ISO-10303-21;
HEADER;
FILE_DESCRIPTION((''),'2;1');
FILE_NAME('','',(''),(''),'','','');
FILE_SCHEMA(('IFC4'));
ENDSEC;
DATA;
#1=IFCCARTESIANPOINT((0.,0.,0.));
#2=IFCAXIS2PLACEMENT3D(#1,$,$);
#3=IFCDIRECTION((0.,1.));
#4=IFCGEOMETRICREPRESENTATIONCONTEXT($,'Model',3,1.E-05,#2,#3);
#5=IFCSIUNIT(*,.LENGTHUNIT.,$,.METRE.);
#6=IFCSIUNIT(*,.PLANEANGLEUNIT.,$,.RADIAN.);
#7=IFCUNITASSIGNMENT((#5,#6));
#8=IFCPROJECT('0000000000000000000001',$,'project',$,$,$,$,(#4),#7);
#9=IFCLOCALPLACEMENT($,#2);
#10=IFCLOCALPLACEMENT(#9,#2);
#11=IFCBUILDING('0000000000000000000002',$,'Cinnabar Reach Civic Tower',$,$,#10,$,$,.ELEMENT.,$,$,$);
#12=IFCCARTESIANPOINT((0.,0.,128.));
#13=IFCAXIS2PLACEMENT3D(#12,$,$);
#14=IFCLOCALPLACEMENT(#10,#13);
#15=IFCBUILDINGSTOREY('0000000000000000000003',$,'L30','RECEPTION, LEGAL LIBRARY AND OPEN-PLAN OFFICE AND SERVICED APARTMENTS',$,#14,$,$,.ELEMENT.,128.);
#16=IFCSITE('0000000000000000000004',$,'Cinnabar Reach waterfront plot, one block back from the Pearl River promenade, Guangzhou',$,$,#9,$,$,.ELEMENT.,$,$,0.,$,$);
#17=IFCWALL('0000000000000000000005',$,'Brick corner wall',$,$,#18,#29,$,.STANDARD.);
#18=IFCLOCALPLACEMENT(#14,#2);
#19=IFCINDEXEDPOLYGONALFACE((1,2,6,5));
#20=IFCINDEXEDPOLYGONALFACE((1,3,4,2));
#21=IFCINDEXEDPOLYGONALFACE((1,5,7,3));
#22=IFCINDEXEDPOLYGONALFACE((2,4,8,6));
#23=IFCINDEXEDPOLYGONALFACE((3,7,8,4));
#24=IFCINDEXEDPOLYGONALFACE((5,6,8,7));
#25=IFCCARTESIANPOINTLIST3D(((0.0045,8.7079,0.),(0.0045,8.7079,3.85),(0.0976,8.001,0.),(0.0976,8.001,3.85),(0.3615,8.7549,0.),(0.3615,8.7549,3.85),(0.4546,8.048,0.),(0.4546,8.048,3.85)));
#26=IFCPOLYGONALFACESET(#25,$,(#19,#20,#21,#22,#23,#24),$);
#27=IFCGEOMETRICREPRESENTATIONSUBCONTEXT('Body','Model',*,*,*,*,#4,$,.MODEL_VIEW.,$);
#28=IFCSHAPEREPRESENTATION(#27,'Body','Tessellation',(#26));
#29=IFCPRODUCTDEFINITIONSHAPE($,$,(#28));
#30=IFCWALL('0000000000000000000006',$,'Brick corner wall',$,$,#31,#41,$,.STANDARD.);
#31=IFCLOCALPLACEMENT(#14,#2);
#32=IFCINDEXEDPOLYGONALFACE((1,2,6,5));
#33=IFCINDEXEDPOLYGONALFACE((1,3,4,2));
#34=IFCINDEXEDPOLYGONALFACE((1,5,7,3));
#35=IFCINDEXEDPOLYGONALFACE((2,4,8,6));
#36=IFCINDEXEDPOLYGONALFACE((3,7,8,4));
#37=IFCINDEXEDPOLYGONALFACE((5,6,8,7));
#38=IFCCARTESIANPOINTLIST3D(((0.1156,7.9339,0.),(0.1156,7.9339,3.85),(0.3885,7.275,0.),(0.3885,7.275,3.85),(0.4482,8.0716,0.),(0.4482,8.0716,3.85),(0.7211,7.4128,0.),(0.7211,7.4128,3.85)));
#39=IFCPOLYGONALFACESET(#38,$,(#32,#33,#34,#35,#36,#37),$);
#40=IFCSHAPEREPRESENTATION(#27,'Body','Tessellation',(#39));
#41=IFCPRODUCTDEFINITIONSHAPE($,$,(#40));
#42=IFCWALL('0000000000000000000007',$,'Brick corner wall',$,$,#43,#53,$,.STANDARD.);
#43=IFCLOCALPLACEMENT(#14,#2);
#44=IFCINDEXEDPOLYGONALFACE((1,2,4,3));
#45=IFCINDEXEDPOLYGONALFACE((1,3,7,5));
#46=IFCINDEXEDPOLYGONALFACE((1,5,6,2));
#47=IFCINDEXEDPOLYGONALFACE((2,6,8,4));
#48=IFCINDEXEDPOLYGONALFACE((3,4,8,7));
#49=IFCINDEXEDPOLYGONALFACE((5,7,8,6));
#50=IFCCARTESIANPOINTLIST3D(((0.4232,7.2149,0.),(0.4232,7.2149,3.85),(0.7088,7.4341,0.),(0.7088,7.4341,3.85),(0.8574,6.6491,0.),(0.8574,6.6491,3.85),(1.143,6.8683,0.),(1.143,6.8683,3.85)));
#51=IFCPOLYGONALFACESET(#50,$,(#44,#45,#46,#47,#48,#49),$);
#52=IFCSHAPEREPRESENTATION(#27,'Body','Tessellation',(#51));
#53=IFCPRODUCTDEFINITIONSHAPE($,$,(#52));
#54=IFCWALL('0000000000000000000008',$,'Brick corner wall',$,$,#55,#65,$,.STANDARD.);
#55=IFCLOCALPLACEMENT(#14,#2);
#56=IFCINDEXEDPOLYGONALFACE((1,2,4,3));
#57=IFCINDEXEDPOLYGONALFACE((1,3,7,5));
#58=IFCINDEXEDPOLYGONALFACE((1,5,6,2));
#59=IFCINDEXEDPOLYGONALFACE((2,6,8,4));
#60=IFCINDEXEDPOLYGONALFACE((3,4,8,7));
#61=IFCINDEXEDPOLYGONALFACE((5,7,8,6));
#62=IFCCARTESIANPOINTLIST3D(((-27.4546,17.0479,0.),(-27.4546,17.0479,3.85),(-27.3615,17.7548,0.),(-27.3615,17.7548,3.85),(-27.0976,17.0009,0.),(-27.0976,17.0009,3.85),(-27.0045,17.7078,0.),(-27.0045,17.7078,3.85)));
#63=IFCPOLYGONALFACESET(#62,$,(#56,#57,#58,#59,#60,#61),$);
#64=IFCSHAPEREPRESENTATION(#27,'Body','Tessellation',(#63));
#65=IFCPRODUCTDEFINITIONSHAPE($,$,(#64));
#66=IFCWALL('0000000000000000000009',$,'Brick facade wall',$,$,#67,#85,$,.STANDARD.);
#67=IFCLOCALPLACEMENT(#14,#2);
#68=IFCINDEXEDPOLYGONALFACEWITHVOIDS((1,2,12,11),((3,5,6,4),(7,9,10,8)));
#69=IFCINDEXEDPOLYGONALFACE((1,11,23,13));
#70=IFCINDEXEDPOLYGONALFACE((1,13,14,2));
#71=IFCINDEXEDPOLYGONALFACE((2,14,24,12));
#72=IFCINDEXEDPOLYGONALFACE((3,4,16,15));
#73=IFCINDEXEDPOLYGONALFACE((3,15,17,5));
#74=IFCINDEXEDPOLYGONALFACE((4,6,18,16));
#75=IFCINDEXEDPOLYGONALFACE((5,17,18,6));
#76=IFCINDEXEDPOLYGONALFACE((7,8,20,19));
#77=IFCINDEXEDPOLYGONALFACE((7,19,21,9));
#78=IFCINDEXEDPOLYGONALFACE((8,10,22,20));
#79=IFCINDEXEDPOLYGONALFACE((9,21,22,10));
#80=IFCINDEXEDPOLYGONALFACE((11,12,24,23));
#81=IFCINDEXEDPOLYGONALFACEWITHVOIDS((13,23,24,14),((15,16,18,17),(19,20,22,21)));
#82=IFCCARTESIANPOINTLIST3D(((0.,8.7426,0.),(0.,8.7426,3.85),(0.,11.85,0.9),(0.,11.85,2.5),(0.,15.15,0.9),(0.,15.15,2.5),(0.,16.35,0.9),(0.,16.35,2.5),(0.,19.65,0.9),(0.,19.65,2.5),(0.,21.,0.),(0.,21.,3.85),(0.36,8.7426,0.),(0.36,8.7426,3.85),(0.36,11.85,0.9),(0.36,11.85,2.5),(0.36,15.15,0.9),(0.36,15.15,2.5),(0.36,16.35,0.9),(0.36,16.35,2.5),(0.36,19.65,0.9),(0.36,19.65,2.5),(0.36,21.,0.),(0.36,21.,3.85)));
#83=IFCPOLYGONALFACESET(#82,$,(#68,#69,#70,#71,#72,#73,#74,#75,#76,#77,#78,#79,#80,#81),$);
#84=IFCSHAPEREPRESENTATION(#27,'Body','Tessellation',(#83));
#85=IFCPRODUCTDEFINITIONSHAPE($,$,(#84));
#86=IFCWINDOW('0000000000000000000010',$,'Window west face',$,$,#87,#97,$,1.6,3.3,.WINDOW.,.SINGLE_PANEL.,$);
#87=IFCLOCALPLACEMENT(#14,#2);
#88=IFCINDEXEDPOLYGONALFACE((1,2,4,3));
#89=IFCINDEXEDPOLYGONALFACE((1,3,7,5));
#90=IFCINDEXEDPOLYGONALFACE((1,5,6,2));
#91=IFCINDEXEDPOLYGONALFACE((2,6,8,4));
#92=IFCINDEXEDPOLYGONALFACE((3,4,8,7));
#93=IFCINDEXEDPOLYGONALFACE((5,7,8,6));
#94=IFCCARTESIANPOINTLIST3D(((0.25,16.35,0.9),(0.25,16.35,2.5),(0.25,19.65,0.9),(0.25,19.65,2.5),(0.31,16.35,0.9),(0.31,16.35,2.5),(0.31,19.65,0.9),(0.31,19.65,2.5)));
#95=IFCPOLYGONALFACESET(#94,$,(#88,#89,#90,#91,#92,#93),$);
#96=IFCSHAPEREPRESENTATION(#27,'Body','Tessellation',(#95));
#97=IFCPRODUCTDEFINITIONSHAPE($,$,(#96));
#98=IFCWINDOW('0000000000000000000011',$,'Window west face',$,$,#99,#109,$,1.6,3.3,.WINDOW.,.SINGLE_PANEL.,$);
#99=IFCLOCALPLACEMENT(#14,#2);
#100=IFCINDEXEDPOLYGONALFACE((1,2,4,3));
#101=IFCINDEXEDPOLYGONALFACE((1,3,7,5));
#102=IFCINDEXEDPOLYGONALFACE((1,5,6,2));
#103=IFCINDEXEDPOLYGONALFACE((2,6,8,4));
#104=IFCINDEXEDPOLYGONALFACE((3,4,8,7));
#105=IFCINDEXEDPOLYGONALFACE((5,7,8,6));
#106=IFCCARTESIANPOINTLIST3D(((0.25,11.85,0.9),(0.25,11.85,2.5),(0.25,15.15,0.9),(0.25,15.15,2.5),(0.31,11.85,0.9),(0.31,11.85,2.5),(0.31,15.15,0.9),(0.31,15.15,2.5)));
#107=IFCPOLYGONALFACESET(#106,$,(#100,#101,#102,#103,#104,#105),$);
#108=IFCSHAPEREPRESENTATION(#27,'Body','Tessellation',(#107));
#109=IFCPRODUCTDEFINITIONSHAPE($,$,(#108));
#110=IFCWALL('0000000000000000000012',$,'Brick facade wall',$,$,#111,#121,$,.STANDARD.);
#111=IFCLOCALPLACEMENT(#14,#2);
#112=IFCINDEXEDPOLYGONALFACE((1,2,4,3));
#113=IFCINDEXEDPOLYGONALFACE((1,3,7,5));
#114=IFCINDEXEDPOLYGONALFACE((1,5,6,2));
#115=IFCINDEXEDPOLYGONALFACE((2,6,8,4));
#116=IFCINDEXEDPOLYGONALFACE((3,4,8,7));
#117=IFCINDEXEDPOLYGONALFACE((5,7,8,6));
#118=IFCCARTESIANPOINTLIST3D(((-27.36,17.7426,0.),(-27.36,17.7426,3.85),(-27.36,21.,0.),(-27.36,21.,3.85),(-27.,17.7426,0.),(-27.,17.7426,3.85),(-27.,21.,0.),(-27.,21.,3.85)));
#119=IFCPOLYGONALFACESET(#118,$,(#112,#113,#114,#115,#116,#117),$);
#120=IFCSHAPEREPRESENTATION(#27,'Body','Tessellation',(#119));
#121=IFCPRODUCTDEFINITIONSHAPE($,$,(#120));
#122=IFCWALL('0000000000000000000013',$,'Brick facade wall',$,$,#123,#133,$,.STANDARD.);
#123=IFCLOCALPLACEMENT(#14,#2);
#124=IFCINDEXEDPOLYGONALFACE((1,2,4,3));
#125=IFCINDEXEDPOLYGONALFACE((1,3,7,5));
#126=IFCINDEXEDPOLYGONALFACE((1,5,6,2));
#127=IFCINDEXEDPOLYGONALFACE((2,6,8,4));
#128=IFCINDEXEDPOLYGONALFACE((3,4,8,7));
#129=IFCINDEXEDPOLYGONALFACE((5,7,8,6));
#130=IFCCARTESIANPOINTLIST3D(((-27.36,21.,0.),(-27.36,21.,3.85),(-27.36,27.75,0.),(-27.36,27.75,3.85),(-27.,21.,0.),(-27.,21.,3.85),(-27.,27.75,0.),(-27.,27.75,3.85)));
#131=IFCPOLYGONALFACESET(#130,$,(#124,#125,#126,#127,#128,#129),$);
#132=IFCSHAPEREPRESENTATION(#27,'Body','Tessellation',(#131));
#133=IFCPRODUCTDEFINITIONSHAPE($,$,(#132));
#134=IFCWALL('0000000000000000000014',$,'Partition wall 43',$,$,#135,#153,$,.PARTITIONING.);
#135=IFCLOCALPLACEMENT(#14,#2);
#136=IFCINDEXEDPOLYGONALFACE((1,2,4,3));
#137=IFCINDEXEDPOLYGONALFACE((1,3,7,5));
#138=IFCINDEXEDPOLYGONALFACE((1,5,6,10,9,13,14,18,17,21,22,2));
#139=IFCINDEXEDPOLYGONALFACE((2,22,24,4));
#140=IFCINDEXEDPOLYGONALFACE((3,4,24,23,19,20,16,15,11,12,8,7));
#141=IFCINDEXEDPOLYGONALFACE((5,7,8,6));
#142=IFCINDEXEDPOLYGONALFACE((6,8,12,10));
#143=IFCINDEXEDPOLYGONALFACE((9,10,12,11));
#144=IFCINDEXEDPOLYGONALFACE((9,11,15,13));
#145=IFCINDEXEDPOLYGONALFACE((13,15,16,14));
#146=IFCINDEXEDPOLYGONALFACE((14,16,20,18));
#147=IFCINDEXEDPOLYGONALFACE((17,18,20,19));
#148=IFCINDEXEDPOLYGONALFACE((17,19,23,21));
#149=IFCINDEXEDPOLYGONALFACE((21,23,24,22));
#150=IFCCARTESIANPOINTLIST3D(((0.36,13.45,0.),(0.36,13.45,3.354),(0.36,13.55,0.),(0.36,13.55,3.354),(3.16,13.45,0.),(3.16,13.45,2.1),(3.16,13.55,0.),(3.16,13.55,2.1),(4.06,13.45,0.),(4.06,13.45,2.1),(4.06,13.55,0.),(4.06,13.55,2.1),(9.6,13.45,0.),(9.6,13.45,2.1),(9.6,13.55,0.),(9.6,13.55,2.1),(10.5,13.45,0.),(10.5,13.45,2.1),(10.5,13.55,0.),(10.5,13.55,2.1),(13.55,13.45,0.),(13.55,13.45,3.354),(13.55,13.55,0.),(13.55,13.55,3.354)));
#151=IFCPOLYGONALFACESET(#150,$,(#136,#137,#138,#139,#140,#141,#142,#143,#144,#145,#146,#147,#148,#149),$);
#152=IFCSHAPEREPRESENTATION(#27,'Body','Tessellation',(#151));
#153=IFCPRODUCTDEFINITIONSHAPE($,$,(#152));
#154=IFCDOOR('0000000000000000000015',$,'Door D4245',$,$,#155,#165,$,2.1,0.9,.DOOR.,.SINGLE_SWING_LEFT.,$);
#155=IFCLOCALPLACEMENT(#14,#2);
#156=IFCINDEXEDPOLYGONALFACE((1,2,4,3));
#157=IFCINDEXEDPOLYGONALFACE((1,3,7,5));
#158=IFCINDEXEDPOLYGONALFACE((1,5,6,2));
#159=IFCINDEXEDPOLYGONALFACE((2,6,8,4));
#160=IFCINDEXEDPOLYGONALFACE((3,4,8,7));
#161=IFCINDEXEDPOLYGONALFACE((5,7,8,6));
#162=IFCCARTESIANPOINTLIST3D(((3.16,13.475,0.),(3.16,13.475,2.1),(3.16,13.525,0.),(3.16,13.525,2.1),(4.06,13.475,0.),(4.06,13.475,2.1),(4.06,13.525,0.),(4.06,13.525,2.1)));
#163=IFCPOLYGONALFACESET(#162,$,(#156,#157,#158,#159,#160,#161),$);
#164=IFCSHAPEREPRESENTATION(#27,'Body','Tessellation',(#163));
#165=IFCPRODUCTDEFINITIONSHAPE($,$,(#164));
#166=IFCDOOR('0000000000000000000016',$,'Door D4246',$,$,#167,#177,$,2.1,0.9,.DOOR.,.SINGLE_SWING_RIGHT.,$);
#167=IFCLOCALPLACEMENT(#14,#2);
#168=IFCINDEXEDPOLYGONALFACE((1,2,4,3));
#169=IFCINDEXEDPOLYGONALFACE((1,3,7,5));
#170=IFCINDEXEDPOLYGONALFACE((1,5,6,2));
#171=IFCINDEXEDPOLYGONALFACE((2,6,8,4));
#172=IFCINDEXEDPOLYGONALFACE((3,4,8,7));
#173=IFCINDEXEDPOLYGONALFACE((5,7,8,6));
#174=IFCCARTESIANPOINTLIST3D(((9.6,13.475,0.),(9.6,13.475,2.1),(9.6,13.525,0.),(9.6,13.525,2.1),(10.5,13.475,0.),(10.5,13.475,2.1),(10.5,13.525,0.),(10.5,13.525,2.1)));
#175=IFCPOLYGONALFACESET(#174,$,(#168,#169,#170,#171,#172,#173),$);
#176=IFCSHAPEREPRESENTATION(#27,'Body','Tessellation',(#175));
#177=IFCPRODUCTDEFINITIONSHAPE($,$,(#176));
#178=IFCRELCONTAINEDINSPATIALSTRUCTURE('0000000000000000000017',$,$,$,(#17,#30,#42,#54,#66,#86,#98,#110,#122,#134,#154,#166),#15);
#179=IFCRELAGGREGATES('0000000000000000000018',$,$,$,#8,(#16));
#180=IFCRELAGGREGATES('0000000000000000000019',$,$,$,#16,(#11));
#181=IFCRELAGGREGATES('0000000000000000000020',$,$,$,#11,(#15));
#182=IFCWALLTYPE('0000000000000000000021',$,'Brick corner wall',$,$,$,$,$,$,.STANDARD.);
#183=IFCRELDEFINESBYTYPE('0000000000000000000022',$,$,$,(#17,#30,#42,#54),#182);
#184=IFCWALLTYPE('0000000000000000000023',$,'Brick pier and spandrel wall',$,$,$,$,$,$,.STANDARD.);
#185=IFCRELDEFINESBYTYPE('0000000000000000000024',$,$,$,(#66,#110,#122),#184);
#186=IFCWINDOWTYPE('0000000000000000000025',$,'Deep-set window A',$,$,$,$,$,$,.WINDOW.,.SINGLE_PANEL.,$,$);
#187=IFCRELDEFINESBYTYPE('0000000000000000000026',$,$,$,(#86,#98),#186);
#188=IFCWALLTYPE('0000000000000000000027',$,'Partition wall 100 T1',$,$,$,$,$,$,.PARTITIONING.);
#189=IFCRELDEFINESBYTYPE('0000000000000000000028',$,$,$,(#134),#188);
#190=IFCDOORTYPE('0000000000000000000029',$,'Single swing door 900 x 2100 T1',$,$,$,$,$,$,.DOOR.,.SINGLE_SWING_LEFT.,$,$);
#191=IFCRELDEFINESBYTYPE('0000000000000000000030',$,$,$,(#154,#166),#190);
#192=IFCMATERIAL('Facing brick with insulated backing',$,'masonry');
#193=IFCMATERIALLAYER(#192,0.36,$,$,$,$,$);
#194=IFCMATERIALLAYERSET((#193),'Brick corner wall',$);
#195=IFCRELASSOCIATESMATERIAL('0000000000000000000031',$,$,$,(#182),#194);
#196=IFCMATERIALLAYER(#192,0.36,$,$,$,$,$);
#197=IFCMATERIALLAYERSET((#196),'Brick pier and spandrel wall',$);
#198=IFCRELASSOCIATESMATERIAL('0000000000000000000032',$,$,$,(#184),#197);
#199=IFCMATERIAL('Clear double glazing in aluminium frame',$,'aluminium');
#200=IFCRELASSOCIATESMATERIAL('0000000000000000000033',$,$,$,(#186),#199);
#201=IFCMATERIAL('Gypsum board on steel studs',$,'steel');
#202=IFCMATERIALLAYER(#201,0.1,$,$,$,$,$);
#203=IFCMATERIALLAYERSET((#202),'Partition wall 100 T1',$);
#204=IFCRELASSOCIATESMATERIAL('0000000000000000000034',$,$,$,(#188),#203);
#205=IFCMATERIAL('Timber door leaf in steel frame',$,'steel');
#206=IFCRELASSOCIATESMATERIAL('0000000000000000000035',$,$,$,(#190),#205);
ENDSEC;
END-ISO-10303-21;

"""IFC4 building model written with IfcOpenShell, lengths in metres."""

from ifc_helpers import new_model, si_unit, direction, frame, frame_2d, origin, place, context, subcontext, project, spatial, rectangle, extrude, material, layer, layer_set, type_object, element, fill, save


model = new_model("IFC4")

# Units and contexts
model_context = context("Model", 3, precision=1e-05, world=origin(), true_north=direction((0.0, 1.0)))
body_context = subcontext(model_context, "Body", "Model", "MODEL_VIEW")
ifc_project = project(units=[si_unit("LENGTHUNIT", "METRE"), si_unit("PLANEANGLEUNIT", "RADIAN")], contexts=[model_context])

# Site, building, storey
site_placement = place(None, origin())
site = spatial("IfcSite", under=ifc_project, at=site_placement, Name="Cinnabar Reach waterfront plot, one block back from the Pearl River promenade, Guangzhou", CompositionType="ELEMENT", RefElevation=0.0)
building_placement = place(site_placement, origin())
building = spatial("IfcBuilding", under=site, at=building_placement, Name="Cinnabar Reach Civic Tower", CompositionType="ELEMENT")
storey_placement = place(building_placement, frame((0.0, 0.0, 128.0)))
storey = spatial("IfcBuildingStorey", under=building, at=storey_placement, Name="L30", Description="RECEPTION, LEGAL LIBRARY AND OPEN-PLAN OFFICE AND SERVICED APARTMENTS", CompositionType="ELEMENT", Elevation=128.0)

# Walls
ifc_material_1 = material(Name="Facing brick with insulated backing", Category="masonry")
ifc_layer_1 = layer(ifc_material_1, 0.36)
ifc_layer_set_1 = layer_set([ifc_layer_1], Name="Brick corner wall")
wall_type_1 = type_object("IfcWallType", Name="Brick corner wall", PredefinedType="STANDARD", material=ifc_layer_set_1)
for number, where, z_axis, x_axis, name in (
    (1, (0.183, 8.7314, 0.0), (0.0, 0.0, 1.0), (0.130556, -0.991441, 0.0), "Brick corner wall"),
    (2, (0.2819, 8.0027, 0.0), (0.0, 0.0, 1.0), (0.382703, -0.923872, 0.0), "Brick corner wall"),
):
    element("IfcWall", number, at=place(storey_placement, frame(where, z_axis=z_axis, x_axis=x_axis)), inside=storey, type_object=wall_type_1, Name=name, PredefinedType="STANDARD", context=body_context, shape_type="SweptSolid", body=[
        extrude(rectangle(XDim=0.7131, YDim=0.36, at=frame_2d((0.3565, 0.0))), origin(), (0.0, 0.0, 1.0), 3.85),
    ])
wall_1_placement = place(storey_placement, frame((0.566, 7.3245, 0.0), z_axis=(0.0, 0.0, 1.0), x_axis=(0.608802, -0.793322, 0.0)))
element("IfcWall", 3, at=wall_1_placement, inside=storey, type_object=wall_type_1, Name="Brick corner wall", PredefinedType="STANDARD", context=body_context, shape_type="SweptSolid", body=[
    extrude(rectangle(XDim=0.7132, YDim=0.36, at=frame_2d((0.3566, 0.0))), origin(), (0.0, 0.0, 1.0), 3.85),
])
wall_2_placement = place(storey_placement, frame((-27.2761, 17.0244, 0.0), z_axis=(0.0, 0.0, 1.0), x_axis=(0.130556, 0.991441, 0.0)))
element("IfcWall", 4, at=wall_2_placement, inside=storey, type_object=wall_type_1, Name="Brick corner wall", PredefinedType="STANDARD", context=body_context, shape_type="SweptSolid", body=[
    extrude(rectangle(XDim=0.7131, YDim=0.36, at=frame_2d((0.3565, 0.0))), origin(), (0.0, 0.0, 1.0), 3.85),
])

# Wall, openings, windows
ifc_layer_2 = layer(ifc_material_1, 0.36)
ifc_layer_set_2 = layer_set([ifc_layer_2], Name="Brick pier and spandrel wall")
wall_type_2 = type_object("IfcWallType", Name="Brick pier and spandrel wall", PredefinedType="STANDARD", material=ifc_layer_set_2)
wall_3_placement = place(storey_placement, frame((0.18, 21.0, 0.0), z_axis=(0.0, 0.0, 1.0), x_axis=(0.0, -1.0, 0.0)))
wall_3 = element("IfcWall", 5, at=wall_3_placement, inside=storey, type_object=wall_type_2, Name="Brick facade wall", PredefinedType="STANDARD", context=body_context, shape_type="SweptSolid", body=[
    extrude(rectangle(XDim=12.2574, YDim=0.36, at=frame_2d((6.1287, 0.0))), origin(), (0.0, 0.0, 1.0), 3.85),
])
opening_1_placement = place(wall_3_placement, frame((1.35, 0.0, 0.9)))
opening_1 = element("IfcOpeningElement", 6, at=opening_1_placement, cuts=wall_3, PredefinedType="OPENING", context=body_context, shape_type="SweptSolid", body=[
    extrude(rectangle(XDim=3.3, YDim=1.6, at=frame_2d((1.65, 0.8))), frame((0.0, 0.19, 0.0), z_axis=(0.0, -1.0, 0.0), x_axis=(1.0, 0.0, 0.0)), (0.0, 0.0, 1.0), 0.38),
])
opening_2_placement = place(wall_3_placement, frame((5.85, 0.0, 0.9)))
opening_2 = element("IfcOpeningElement", 7, at=opening_2_placement, cuts=wall_3, PredefinedType="OPENING", context=body_context, shape_type="SweptSolid", body=[
    extrude(rectangle(XDim=3.3, YDim=1.6, at=frame_2d((1.65, 0.8))), frame((0.0, 0.19, 0.0), z_axis=(0.0, -1.0, 0.0), x_axis=(1.0, 0.0, 0.0)), (0.0, 0.0, 1.0), 0.38),
])
ifc_material_2 = material(Name="Clear double glazing in aluminium frame", Category="aluminium")
window_type = type_object("IfcWindowType", Name="Deep-set window A", PartitioningType="SINGLE_PANEL", PredefinedType="WINDOW", material=ifc_material_2)
window_1_placement = place(opening_1_placement, origin())
window_1 = element("IfcWindow", 8, at=window_1_placement, inside=storey, type_object=window_type, Name="Window west face", OverallHeight=1.6, OverallWidth=3.3, PartitioningType="SINGLE_PANEL", PredefinedType="WINDOW", context=body_context, shape_type="SweptSolid", body=[
    extrude(rectangle(XDim=3.3, YDim=1.6, at=frame_2d((1.65, 0.8))), frame((0.0, 0.13, 0.0), z_axis=(0.0, -1.0, 0.0), x_axis=(1.0, 0.0, 0.0)), (0.0, 0.0, 1.0), 0.06),
])
fill(opening_1, window_1)
window_2_placement = place(opening_2_placement, origin())
window_2 = element("IfcWindow", 9, at=window_2_placement, inside=storey, type_object=window_type, Name="Window west face", OverallHeight=1.6, OverallWidth=3.3, PartitioningType="SINGLE_PANEL", PredefinedType="WINDOW", context=body_context, shape_type="SweptSolid", body=[
    extrude(rectangle(XDim=3.3, YDim=1.6, at=frame_2d((1.65, 0.8))), frame((0.0, 0.13, 0.0), z_axis=(0.0, -1.0, 0.0), x_axis=(1.0, 0.0, 0.0)), (0.0, 0.0, 1.0), 0.06),
])
fill(opening_2, window_2)

# Walls
wall_4_placement = place(storey_placement, frame((-27.18, 17.7426, 0.0), z_axis=(0.0, 0.0, 1.0), x_axis=(0.0, 1.0, 0.0)))
element("IfcWall", 10, at=wall_4_placement, inside=storey, type_object=wall_type_2, Name="Brick facade wall", PredefinedType="STANDARD", context=body_context, shape_type="SweptSolid", body=[
    extrude(rectangle(XDim=3.2574, YDim=0.36, at=frame_2d((1.6287, 0.0))), origin(), (0.0, 0.0, 1.0), 3.85),
])
wall_5_placement = place(storey_placement, frame((-27.18, 21.0, 0.0), z_axis=(0.0, 0.0, 1.0), x_axis=(0.0, 1.0, 0.0)))
element("IfcWall", 11, at=wall_5_placement, inside=storey, type_object=wall_type_2, Name="Brick facade wall", PredefinedType="STANDARD", context=body_context, shape_type="SweptSolid", body=[
    extrude(rectangle(XDim=6.75, YDim=0.36, at=frame_2d((3.375, 0.0))), origin(), (0.0, 0.0, 1.0), 3.85),
])

# Wall, openings, doors
ifc_material_3 = material(Name="Gypsum board on steel studs", Category="steel")
ifc_layer_3 = layer(ifc_material_3, 0.1)
ifc_layer_set_3 = layer_set([ifc_layer_3], Name="Partition wall 100 T1")
wall_type_3 = type_object("IfcWallType", Name="Partition wall 100 T1", PredefinedType="PARTITIONING", material=ifc_layer_set_3)
wall_6_placement = place(storey_placement, frame((0.36, 13.5, 0.0), z_axis=(0.0, 0.0, 1.0), x_axis=(1.0, 0.0, 0.0)))
wall_6 = element("IfcWall", 12, at=wall_6_placement, inside=storey, type_object=wall_type_3, Name="Partition wall 43", PredefinedType="PARTITIONING", context=body_context, shape_type="SweptSolid", body=[
    extrude(rectangle(XDim=13.19, YDim=0.1, at=frame_2d((6.595, 0.0))), origin(), (0.0, 0.0, 1.0), 3.354),
])
opening_3_placement = place(wall_6_placement, frame((2.8, 0.0, 0.0)))
opening_3 = element("IfcOpeningElement", 13, at=opening_3_placement, cuts=wall_6, PredefinedType="OPENING", context=body_context, shape_type="SweptSolid", body=[
    extrude(rectangle(XDim=0.9, YDim=2.1, at=frame_2d((0.45, 1.05))), frame((0.0, 0.06, 0.0), z_axis=(0.0, -1.0, 0.0), x_axis=(1.0, 0.0, 0.0)), (0.0, 0.0, 1.0), 0.12),
])
opening_4_placement = place(wall_6_placement, frame((9.24, 0.0, 0.0)))
opening_4 = element("IfcOpeningElement", 14, at=opening_4_placement, cuts=wall_6, PredefinedType="OPENING", context=body_context, shape_type="SweptSolid", body=[
    extrude(rectangle(XDim=0.9, YDim=2.1, at=frame_2d((0.45, 1.05))), frame((0.0, 0.06, 0.0), z_axis=(0.0, -1.0, 0.0), x_axis=(1.0, 0.0, 0.0)), (0.0, 0.0, 1.0), 0.12),
])
ifc_material_4 = material(Name="Timber door leaf in steel frame", Category="steel")
door_type = type_object("IfcDoorType", Name="Single swing door 900 x 2100 T1", OperationType="SINGLE_SWING_LEFT", PredefinedType="DOOR", material=ifc_material_4)
door_1_placement = place(opening_3_placement, frame((0.9, 0.0, 0.0), z_axis=(0.0, 0.0, 1.0), x_axis=(-1.0, 0.0, 0.0)))
door_1 = element("IfcDoor", 15, at=door_1_placement, inside=storey, type_object=door_type, Name="Door D4245", OperationType="SINGLE_SWING_LEFT", OverallHeight=2.1, OverallWidth=0.9, PredefinedType="DOOR", context=body_context, shape_type="SweptSolid", body=[
    extrude(rectangle(XDim=0.9, YDim=2.1, at=frame_2d((0.45, 1.05))), frame((0.0, 0.025, 0.0), z_axis=(0.0, -1.0, 0.0), x_axis=(1.0, 0.0, 0.0)), (0.0, 0.0, 1.0), 0.05),
])
fill(opening_3, door_1)
door_2_placement = place(opening_4_placement, frame((0.9, 0.0, 0.0), z_axis=(0.0, 0.0, 1.0), x_axis=(-1.0, 0.0, 0.0)))
door_2 = element("IfcDoor", 16, at=door_2_placement, inside=storey, type_object=door_type, Name="Door D4246", OperationType="SINGLE_SWING_RIGHT", OverallHeight=2.1, OverallWidth=0.9, PredefinedType="DOOR", context=body_context, shape_type="SweptSolid", body=[
    extrude(rectangle(XDim=0.9, YDim=2.1, at=frame_2d((0.45, 1.05))), frame((0.0, 0.025, 0.0), z_axis=(0.0, -1.0, 0.0), x_axis=(1.0, 0.0, 0.0)), (0.0, 0.0, 1.0), 0.05),
])
fill(opening_4, door_2)

save(model, "model.ifc")
